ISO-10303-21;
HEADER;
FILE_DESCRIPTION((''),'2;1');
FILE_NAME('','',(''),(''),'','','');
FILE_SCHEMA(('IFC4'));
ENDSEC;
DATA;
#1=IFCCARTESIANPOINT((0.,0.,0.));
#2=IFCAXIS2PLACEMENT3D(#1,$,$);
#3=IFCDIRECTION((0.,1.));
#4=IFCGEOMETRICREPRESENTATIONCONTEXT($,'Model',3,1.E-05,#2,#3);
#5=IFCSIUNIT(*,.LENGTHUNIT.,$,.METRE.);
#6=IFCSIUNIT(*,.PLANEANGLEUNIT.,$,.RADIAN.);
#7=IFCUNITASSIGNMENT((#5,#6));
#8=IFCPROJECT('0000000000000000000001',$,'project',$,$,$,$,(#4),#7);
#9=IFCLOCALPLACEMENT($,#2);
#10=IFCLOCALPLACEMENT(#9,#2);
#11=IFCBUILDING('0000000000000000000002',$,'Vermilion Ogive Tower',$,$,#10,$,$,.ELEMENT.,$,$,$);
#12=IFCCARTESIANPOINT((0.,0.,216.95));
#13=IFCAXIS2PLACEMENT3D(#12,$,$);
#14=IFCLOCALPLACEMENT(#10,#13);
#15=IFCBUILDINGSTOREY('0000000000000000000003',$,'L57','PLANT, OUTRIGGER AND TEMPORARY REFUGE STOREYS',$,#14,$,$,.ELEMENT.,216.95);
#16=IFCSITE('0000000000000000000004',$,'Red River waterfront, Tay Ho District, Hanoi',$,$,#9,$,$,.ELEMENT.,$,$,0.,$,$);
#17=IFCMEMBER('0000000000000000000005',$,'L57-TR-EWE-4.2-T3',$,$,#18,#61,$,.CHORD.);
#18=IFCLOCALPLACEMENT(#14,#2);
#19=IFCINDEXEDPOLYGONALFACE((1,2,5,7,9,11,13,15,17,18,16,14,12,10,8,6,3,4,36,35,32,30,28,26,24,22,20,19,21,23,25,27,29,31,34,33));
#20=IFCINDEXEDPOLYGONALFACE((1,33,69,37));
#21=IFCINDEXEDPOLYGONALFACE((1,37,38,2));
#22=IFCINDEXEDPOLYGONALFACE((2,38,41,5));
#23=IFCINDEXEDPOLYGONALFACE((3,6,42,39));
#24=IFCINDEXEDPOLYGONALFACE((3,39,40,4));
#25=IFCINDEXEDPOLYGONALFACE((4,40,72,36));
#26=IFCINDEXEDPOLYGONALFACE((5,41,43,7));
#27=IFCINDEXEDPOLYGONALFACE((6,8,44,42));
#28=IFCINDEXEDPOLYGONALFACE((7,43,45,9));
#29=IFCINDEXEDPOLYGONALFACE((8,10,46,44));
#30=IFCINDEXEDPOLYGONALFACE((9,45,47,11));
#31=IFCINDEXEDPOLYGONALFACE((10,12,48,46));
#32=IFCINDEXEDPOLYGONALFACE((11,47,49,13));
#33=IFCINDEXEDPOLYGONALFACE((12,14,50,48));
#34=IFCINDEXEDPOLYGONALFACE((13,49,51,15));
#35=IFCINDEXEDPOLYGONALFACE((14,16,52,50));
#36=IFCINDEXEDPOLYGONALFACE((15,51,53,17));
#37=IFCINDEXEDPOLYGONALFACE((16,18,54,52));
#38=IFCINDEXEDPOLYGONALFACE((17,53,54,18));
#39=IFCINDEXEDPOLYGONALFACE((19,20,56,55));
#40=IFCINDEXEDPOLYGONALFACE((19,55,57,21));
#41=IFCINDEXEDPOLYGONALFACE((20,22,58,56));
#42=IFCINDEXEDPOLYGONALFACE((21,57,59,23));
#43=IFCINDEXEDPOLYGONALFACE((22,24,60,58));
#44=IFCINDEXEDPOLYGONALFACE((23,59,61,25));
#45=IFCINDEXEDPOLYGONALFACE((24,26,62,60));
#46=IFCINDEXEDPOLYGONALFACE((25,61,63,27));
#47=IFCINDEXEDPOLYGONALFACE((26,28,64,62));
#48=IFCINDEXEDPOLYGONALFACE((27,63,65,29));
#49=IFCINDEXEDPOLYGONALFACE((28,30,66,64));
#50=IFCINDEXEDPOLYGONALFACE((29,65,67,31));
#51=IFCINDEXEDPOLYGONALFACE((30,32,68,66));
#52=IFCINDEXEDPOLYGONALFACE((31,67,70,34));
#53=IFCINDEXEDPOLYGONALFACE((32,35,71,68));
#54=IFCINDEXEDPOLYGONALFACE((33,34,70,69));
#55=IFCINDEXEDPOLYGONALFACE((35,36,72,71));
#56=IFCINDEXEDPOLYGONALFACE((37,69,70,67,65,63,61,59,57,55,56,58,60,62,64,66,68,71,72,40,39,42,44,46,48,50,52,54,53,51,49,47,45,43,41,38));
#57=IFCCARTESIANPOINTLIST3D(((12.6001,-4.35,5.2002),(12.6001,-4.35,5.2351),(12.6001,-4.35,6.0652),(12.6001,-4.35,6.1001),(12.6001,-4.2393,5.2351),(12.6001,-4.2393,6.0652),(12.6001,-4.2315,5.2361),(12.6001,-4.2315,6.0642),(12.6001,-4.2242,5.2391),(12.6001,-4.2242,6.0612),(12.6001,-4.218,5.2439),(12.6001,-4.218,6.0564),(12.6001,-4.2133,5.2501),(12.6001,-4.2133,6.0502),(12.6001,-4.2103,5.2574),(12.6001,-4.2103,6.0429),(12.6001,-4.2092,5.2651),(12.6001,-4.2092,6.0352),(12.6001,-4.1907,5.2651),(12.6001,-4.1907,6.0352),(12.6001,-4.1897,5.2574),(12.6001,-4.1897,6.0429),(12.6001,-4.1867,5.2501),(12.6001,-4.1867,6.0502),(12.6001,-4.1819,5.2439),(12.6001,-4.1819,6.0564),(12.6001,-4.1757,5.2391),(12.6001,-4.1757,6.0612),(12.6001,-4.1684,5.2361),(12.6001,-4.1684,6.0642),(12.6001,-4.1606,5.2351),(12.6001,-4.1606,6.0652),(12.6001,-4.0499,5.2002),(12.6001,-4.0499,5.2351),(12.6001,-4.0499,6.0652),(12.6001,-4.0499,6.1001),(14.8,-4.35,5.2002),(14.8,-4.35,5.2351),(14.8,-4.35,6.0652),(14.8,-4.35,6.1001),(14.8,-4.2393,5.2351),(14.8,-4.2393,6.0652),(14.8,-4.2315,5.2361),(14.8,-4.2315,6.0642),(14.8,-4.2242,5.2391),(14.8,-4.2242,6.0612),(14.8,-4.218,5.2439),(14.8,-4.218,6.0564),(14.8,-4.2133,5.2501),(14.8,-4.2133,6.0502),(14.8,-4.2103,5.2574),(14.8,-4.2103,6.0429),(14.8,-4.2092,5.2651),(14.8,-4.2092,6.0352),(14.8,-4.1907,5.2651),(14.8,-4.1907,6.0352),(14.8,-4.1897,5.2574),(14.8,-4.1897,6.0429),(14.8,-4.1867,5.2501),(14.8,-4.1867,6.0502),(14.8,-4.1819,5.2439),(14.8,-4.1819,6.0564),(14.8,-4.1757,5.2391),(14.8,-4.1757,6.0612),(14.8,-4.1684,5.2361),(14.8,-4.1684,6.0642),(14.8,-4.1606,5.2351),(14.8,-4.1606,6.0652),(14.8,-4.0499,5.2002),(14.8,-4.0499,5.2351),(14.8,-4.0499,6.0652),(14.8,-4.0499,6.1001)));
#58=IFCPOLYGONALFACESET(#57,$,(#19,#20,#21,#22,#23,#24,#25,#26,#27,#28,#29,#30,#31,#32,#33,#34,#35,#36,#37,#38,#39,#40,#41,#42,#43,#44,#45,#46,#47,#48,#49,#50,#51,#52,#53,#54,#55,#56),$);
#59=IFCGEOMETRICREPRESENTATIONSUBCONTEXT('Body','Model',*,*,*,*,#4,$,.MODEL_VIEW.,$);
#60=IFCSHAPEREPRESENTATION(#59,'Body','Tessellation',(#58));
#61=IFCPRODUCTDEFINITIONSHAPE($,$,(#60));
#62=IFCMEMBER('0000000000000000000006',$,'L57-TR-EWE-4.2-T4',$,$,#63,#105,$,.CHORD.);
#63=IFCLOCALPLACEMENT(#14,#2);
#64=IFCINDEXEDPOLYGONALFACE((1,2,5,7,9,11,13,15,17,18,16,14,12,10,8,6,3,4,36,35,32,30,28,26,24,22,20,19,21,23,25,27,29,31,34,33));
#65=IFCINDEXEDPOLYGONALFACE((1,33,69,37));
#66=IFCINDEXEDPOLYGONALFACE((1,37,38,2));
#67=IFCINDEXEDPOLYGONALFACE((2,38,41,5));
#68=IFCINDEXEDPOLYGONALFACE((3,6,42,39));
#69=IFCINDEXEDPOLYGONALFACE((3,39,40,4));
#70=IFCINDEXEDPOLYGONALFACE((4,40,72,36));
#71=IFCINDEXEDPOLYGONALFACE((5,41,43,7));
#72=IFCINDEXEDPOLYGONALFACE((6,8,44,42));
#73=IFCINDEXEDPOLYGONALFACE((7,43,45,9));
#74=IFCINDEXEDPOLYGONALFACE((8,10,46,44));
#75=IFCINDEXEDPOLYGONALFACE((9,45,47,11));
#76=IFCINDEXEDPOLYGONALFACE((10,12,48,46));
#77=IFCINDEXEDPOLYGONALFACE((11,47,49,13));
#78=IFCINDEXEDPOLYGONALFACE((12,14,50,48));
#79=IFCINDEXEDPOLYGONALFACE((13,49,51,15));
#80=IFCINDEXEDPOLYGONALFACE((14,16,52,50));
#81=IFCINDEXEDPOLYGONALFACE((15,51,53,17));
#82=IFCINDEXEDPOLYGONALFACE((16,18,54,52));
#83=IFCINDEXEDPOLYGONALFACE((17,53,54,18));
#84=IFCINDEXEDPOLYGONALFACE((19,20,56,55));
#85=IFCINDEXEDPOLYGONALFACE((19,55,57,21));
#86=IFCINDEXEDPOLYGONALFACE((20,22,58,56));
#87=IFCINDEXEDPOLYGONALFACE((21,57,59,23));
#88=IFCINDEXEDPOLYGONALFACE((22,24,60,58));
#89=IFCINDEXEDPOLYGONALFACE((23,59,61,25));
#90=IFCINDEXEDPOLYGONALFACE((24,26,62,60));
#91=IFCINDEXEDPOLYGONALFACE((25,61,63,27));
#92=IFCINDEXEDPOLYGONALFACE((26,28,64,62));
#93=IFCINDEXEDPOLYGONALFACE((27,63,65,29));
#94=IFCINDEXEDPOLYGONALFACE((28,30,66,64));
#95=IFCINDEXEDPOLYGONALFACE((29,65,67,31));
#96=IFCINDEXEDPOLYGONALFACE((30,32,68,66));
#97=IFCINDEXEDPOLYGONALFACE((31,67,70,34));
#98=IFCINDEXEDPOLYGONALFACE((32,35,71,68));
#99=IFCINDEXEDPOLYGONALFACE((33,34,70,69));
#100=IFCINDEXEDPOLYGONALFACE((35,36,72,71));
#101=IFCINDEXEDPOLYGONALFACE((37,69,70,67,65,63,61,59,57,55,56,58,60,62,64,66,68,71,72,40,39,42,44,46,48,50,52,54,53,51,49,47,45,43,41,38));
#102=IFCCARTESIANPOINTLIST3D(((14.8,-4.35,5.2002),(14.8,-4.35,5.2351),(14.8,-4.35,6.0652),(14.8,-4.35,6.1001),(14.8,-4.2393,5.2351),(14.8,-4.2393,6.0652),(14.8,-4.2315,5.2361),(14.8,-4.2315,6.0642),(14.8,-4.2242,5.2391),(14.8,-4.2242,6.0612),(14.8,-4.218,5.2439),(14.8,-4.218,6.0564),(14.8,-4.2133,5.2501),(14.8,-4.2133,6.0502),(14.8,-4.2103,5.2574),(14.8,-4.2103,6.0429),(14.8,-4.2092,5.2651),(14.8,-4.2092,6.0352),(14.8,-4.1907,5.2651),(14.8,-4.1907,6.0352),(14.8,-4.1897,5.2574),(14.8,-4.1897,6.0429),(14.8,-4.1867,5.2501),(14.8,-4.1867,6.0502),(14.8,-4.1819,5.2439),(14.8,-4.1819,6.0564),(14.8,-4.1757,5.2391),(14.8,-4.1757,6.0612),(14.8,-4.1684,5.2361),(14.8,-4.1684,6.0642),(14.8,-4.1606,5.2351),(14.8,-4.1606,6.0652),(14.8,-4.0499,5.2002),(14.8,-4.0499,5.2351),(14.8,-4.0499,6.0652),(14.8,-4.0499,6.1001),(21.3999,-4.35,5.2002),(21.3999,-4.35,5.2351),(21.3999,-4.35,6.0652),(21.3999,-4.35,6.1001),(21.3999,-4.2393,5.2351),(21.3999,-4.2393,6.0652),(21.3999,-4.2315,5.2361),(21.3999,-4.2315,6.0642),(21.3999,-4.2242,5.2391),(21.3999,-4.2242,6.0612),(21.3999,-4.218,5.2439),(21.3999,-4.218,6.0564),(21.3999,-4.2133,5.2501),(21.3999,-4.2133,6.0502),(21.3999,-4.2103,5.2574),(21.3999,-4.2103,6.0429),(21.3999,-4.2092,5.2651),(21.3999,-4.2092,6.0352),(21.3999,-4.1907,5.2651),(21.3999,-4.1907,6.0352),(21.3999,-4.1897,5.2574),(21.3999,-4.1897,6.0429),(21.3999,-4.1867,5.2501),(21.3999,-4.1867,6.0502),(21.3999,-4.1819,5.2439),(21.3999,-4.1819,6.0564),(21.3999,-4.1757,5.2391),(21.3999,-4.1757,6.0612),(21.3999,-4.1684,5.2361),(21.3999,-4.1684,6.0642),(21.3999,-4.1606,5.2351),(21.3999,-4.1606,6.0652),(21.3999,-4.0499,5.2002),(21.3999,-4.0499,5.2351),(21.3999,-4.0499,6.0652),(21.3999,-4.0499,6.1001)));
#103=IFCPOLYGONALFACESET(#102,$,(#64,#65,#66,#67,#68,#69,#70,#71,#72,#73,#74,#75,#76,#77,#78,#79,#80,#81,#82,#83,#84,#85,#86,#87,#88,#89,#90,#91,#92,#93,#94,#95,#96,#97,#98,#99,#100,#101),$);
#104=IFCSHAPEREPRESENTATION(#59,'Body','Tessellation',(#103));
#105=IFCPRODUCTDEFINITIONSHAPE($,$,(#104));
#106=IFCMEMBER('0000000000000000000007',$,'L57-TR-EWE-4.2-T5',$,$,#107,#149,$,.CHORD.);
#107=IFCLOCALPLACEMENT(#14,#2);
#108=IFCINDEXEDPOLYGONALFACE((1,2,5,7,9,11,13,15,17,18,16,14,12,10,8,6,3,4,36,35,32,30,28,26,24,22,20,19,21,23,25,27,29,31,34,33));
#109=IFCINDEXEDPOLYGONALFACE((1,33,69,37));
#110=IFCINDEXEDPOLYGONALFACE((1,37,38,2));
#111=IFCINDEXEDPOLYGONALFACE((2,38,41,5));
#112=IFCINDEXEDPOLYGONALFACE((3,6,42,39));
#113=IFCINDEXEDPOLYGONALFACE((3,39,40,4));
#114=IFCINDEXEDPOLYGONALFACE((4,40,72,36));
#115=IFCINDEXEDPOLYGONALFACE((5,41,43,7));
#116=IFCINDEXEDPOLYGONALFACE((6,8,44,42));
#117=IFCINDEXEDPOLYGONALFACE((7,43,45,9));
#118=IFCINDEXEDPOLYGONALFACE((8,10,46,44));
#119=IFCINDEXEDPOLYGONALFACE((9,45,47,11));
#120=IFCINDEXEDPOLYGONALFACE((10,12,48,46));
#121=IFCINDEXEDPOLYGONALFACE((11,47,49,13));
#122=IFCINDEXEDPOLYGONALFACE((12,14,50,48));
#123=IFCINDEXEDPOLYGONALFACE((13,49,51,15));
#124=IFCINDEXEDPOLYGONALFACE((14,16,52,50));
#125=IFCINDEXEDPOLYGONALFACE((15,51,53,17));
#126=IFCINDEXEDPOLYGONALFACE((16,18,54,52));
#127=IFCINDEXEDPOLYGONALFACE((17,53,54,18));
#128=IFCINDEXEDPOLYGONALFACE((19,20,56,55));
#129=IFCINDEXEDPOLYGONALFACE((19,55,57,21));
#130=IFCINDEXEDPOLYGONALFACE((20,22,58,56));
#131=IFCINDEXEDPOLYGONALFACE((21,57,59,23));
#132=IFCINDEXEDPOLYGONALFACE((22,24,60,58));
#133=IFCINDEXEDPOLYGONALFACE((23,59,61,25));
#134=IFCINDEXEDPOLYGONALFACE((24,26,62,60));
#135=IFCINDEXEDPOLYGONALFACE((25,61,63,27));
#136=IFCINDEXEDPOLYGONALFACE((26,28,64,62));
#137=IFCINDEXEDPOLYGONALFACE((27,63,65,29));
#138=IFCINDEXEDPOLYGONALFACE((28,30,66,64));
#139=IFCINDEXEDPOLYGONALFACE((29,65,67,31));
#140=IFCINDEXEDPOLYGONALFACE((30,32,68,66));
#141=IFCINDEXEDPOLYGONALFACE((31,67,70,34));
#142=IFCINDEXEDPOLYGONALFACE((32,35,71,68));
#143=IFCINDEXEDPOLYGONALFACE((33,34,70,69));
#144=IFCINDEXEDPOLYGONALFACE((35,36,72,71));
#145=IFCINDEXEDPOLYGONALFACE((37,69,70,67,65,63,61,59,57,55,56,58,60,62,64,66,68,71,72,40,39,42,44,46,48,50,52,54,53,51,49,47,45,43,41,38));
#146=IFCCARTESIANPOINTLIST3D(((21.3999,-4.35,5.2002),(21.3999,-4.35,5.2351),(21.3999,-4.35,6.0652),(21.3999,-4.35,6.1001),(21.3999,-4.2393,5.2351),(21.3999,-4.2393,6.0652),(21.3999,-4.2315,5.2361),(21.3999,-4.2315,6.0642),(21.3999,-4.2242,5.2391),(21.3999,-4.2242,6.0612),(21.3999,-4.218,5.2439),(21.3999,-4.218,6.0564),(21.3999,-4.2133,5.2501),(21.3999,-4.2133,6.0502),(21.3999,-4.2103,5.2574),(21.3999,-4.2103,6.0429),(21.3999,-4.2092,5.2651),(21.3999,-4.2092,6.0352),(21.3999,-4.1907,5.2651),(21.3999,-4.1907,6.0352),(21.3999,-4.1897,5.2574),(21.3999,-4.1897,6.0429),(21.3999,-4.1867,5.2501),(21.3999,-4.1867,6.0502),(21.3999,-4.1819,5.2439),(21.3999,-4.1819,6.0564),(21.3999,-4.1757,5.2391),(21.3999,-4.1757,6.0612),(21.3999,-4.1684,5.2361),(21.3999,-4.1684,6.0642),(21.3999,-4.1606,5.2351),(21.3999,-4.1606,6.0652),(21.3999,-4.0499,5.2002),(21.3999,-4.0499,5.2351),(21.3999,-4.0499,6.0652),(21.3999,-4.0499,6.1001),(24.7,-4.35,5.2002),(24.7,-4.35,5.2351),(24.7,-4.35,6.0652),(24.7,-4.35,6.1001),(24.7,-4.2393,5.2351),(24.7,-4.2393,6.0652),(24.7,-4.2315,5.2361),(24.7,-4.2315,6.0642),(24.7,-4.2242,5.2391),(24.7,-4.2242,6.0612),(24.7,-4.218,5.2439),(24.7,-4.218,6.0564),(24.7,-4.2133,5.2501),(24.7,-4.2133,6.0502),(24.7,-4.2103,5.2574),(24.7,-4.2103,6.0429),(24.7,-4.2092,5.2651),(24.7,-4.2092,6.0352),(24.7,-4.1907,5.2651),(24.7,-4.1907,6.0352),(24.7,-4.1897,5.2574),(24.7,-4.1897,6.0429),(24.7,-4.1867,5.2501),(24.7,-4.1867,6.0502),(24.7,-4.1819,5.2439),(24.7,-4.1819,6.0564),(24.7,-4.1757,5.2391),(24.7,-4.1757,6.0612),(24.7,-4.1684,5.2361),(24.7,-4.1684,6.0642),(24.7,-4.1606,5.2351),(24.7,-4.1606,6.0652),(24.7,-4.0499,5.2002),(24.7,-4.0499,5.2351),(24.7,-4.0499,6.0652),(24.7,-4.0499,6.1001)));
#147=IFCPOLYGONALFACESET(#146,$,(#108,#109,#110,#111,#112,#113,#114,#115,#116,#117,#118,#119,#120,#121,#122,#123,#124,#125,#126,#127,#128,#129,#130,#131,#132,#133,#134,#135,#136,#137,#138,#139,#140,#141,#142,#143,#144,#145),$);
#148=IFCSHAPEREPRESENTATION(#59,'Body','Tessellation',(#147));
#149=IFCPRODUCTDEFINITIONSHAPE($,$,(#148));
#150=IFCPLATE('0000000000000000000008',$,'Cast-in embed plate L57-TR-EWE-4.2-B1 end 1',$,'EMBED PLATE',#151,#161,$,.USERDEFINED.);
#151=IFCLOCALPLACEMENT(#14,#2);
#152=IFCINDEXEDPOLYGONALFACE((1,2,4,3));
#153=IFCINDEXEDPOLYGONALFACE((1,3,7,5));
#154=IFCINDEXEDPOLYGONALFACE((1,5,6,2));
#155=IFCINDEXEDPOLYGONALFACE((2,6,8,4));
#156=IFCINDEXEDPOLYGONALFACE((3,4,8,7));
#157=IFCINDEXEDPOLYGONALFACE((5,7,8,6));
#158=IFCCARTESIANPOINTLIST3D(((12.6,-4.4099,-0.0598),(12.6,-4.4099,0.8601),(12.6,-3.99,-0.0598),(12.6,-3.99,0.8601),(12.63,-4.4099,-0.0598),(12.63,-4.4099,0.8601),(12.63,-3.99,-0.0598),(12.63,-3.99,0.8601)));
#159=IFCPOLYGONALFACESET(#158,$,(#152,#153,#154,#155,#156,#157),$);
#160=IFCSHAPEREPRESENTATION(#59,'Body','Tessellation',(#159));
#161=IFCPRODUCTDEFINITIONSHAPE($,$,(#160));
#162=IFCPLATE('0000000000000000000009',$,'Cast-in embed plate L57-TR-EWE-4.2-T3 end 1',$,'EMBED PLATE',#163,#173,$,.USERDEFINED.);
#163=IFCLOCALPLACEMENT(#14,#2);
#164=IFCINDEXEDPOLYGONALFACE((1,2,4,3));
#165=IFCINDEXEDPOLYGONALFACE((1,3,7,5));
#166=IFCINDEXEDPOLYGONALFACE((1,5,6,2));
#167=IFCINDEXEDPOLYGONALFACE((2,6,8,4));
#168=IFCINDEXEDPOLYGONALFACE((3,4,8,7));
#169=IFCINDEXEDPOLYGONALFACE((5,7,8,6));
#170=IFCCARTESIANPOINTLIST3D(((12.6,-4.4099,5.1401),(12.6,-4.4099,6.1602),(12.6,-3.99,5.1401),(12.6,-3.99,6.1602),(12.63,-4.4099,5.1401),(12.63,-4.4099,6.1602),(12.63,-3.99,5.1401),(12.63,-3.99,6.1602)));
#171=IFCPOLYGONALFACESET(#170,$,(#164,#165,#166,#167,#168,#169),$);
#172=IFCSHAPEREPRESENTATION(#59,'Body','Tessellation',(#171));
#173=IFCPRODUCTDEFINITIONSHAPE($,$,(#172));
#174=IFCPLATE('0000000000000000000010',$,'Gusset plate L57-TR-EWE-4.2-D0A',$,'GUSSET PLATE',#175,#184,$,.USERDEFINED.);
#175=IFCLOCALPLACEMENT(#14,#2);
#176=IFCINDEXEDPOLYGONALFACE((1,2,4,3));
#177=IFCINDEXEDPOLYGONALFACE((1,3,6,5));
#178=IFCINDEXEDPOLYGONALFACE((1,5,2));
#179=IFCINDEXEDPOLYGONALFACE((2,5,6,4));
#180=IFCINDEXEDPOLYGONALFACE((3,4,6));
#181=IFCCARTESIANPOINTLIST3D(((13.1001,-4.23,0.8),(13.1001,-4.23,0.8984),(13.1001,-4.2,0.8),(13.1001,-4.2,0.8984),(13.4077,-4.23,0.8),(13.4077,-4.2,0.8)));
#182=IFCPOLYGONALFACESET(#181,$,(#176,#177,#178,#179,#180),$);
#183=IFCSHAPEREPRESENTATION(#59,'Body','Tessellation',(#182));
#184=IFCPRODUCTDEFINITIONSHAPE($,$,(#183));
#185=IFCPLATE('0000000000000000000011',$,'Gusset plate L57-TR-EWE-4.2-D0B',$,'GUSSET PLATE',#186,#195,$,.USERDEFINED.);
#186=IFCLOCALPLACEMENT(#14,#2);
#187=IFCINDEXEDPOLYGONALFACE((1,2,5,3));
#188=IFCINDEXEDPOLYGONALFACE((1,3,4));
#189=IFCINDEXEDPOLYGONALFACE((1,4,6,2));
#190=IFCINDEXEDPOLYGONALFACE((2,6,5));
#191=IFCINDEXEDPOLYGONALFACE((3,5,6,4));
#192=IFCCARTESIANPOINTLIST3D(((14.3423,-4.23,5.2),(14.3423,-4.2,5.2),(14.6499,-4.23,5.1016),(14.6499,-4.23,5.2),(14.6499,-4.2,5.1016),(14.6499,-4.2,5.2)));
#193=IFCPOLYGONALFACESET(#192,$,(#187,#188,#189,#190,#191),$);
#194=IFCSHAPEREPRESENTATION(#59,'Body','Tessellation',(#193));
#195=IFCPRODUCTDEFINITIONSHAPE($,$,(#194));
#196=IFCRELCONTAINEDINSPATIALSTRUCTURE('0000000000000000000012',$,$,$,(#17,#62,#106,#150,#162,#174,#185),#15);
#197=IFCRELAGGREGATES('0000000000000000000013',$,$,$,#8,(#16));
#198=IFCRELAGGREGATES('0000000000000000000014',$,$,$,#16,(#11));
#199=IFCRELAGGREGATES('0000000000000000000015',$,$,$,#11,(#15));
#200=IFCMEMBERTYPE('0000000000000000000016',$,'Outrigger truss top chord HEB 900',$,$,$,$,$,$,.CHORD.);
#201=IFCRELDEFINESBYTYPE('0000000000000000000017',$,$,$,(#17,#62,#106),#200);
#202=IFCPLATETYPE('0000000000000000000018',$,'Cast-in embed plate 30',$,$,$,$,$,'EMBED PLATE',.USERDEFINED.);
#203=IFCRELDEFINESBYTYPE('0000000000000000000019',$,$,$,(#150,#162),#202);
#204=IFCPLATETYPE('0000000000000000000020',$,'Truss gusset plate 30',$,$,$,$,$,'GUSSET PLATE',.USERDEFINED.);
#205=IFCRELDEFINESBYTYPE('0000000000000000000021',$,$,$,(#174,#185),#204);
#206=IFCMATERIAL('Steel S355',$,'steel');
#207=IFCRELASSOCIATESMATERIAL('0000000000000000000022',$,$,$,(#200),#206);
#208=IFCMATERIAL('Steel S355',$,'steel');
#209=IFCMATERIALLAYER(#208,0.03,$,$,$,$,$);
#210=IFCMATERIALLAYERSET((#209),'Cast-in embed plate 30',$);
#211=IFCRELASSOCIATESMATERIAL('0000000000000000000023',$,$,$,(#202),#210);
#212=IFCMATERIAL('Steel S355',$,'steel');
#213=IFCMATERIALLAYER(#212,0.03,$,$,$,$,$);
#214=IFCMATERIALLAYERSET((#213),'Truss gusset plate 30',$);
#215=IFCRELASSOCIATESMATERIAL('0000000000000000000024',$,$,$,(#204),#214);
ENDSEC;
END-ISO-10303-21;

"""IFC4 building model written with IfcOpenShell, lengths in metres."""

from ifc_helpers import new_model, si_unit, direction, frame, origin, origin_2d, place, context, subcontext, project, spatial, polyline, rectangle, i_section, outline, extrude, material, layer, layer_set, material_profile, profile_set, type_object, element, save


model = new_model("IFC4")

# Units and contexts
model_context = context("Model", 3, precision=1e-05, world=origin(), true_north=direction((0.0, 1.0)))
body_context = subcontext(model_context, "Body", "Model", "MODEL_VIEW")
ifc_project = project(units=[si_unit("LENGTHUNIT", "METRE"), si_unit("PLANEANGLEUNIT", "RADIAN")], contexts=[model_context])

# Site, building, storey
site_placement = place(None, origin())
site = spatial("IfcSite", under=ifc_project, at=site_placement, Name="Red River waterfront, Tay Ho District, Hanoi", CompositionType="ELEMENT", RefElevation=0.0)
building_placement = place(site_placement, origin())
building = spatial("IfcBuilding", under=site, at=building_placement, Name="Vermilion Ogive Tower", CompositionType="ELEMENT")
storey_placement = place(building_placement, frame((0.0, 0.0, 216.95)))
storey = spatial("IfcBuildingStorey", under=building, at=storey_placement, Name="L57", Description="PLANT, OUTRIGGER AND TEMPORARY REFUGE STOREYS", CompositionType="ELEMENT", Elevation=216.95)

# Members
ifc_material_1 = material(Name="Steel S355", Category="steel")
ifc_material_profile_1 = material_profile(ifc_material_1, i_section(OverallWidth=0.3, OverallDepth=0.8999, WebThickness=0.0186, FlangeThickness=0.0349, FilletRadius=0.03, at=origin_2d()), Name="HEB 900")
ifc_profile_set_1 = profile_set([ifc_material_profile_1], Name="Steel S355")
member_type_1 = type_object("IfcMemberType", Name="Outrigger truss top chord HEB 900", PredefinedType="CHORD", material=ifc_profile_set_1)
member_1_placement = place(storey_placement, frame((12.6001, -4.2, 5.6501), z_axis=(1.0, 0.0, 0.0), x_axis=(0.0, 1.0, 0.0)))
element("IfcMember", 1, at=member_1_placement, inside=storey, type_object=member_type_1, Name="L57-TR-EWE-4.2-T3", PredefinedType="CHORD", context=body_context, shape_type="SweptSolid", body=[
    extrude(i_section(OverallWidth=0.3, OverallDepth=0.8999, WebThickness=0.0186, FlangeThickness=0.0349, FilletRadius=0.03, at=origin_2d()), origin(), (0.0, 0.0, 1.0), 2.2),
])
member_2_placement = place(storey_placement, frame((14.8, -4.2, 5.6501), z_axis=(1.0, 0.0, 0.0), x_axis=(0.0, 1.0, 0.0)))
element("IfcMember", 2, at=member_2_placement, inside=storey, type_object=member_type_1, Name="L57-TR-EWE-4.2-T4", PredefinedType="CHORD", context=body_context, shape_type="SweptSolid", body=[
    extrude(i_section(OverallWidth=0.3, OverallDepth=0.8999, WebThickness=0.0186, FlangeThickness=0.0349, FilletRadius=0.03, at=origin_2d()), origin(), (0.0, 0.0, 1.0), 6.5999),
])
member_3_placement = place(storey_placement, frame((21.3999, -4.2, 5.6501), z_axis=(1.0, 0.0, 0.0), x_axis=(0.0, 1.0, 0.0)))
element("IfcMember", 3, at=member_3_placement, inside=storey, type_object=member_type_1, Name="L57-TR-EWE-4.2-T5", PredefinedType="CHORD", context=body_context, shape_type="SweptSolid", body=[
    extrude(i_section(OverallWidth=0.3, OverallDepth=0.8999, WebThickness=0.0186, FlangeThickness=0.0349, FilletRadius=0.03, at=origin_2d()), origin(), (0.0, 0.0, 1.0), 3.3),
])

# Plates
ifc_material_2 = material(Name="Steel S355", Category="steel")
ifc_layer_1 = layer(ifc_material_2, 0.03)
ifc_layer_set_1 = layer_set([ifc_layer_1], Name="Cast-in embed plate 30")
plate_type_1 = type_object("IfcPlateType", Name="Cast-in embed plate 30", ElementType="EMBED PLATE", PredefinedType="USERDEFINED", material=ifc_layer_set_1)
plate_1_placement = place(storey_placement, frame((12.615, -4.2, -0.0598), z_axis=(0.0, 0.0, 1.0), x_axis=(1.0, 0.0, 0.0)))
element("IfcPlate", 4, at=plate_1_placement, inside=storey, type_object=plate_type_1, Name="Cast-in embed plate L57-TR-EWE-4.2-B1 end 1", ObjectType="EMBED PLATE", PredefinedType="USERDEFINED", context=body_context, shape_type="SweptSolid", body=[
    extrude(rectangle(XDim=0.03, YDim=0.4199, at=origin_2d()), origin(), (0.0, 0.0, 1.0), 0.9199),
])
plate_2_placement = place(storey_placement, frame((12.615, -4.2, 5.1401), z_axis=(0.0, 0.0, 1.0), x_axis=(1.0, 0.0, 0.0)))
element("IfcPlate", 5, at=plate_2_placement, inside=storey, type_object=plate_type_1, Name="Cast-in embed plate L57-TR-EWE-4.2-T3 end 1", ObjectType="EMBED PLATE", PredefinedType="USERDEFINED", context=body_context, shape_type="SweptSolid", body=[
    extrude(rectangle(XDim=0.03, YDim=0.4199, at=origin_2d()), origin(), (0.0, 0.0, 1.0), 1.02),
])
ifc_material_3 = material(Name="Steel S355", Category="steel")
ifc_layer_2 = layer(ifc_material_3, 0.03)
ifc_layer_set_2 = layer_set([ifc_layer_2], Name="Truss gusset plate 30")
plate_type_2 = type_object("IfcPlateType", Name="Truss gusset plate 30", ElementType="GUSSET PLATE", PredefinedType="USERDEFINED", material=ifc_layer_set_2)
for number, where, z_axis, x_axis, name in (
    (6, (13.1001, -4.2, 0.8984), (0.0, 1.0, 0.0), (0.952468, 0.0, -0.304639), "Gusset plate L57-TR-EWE-4.2-D0A"),
    (7, (14.6499, -4.2, 5.1016), (0.0, 1.0, 0.0), (-0.952468, 0.0, 0.304639), "Gusset plate L57-TR-EWE-4.2-D0B"),
):
    element("IfcPlate", number, at=place(storey_placement, frame(where, z_axis=z_axis, x_axis=x_axis)), inside=storey, type_object=plate_type_2, Name=name, ObjectType="GUSSET PLATE", PredefinedType="USERDEFINED", context=body_context, shape_type="SweptSolid", body=[
        extrude(outline(polyline([(0.0, 0.0), (0.323, 0.0), (0.03, 0.0937), (0.0, 0.0)])), origin(), (0.0, 0.0, -1.0), 0.03),
    ])

save(model, "model.ifc")
